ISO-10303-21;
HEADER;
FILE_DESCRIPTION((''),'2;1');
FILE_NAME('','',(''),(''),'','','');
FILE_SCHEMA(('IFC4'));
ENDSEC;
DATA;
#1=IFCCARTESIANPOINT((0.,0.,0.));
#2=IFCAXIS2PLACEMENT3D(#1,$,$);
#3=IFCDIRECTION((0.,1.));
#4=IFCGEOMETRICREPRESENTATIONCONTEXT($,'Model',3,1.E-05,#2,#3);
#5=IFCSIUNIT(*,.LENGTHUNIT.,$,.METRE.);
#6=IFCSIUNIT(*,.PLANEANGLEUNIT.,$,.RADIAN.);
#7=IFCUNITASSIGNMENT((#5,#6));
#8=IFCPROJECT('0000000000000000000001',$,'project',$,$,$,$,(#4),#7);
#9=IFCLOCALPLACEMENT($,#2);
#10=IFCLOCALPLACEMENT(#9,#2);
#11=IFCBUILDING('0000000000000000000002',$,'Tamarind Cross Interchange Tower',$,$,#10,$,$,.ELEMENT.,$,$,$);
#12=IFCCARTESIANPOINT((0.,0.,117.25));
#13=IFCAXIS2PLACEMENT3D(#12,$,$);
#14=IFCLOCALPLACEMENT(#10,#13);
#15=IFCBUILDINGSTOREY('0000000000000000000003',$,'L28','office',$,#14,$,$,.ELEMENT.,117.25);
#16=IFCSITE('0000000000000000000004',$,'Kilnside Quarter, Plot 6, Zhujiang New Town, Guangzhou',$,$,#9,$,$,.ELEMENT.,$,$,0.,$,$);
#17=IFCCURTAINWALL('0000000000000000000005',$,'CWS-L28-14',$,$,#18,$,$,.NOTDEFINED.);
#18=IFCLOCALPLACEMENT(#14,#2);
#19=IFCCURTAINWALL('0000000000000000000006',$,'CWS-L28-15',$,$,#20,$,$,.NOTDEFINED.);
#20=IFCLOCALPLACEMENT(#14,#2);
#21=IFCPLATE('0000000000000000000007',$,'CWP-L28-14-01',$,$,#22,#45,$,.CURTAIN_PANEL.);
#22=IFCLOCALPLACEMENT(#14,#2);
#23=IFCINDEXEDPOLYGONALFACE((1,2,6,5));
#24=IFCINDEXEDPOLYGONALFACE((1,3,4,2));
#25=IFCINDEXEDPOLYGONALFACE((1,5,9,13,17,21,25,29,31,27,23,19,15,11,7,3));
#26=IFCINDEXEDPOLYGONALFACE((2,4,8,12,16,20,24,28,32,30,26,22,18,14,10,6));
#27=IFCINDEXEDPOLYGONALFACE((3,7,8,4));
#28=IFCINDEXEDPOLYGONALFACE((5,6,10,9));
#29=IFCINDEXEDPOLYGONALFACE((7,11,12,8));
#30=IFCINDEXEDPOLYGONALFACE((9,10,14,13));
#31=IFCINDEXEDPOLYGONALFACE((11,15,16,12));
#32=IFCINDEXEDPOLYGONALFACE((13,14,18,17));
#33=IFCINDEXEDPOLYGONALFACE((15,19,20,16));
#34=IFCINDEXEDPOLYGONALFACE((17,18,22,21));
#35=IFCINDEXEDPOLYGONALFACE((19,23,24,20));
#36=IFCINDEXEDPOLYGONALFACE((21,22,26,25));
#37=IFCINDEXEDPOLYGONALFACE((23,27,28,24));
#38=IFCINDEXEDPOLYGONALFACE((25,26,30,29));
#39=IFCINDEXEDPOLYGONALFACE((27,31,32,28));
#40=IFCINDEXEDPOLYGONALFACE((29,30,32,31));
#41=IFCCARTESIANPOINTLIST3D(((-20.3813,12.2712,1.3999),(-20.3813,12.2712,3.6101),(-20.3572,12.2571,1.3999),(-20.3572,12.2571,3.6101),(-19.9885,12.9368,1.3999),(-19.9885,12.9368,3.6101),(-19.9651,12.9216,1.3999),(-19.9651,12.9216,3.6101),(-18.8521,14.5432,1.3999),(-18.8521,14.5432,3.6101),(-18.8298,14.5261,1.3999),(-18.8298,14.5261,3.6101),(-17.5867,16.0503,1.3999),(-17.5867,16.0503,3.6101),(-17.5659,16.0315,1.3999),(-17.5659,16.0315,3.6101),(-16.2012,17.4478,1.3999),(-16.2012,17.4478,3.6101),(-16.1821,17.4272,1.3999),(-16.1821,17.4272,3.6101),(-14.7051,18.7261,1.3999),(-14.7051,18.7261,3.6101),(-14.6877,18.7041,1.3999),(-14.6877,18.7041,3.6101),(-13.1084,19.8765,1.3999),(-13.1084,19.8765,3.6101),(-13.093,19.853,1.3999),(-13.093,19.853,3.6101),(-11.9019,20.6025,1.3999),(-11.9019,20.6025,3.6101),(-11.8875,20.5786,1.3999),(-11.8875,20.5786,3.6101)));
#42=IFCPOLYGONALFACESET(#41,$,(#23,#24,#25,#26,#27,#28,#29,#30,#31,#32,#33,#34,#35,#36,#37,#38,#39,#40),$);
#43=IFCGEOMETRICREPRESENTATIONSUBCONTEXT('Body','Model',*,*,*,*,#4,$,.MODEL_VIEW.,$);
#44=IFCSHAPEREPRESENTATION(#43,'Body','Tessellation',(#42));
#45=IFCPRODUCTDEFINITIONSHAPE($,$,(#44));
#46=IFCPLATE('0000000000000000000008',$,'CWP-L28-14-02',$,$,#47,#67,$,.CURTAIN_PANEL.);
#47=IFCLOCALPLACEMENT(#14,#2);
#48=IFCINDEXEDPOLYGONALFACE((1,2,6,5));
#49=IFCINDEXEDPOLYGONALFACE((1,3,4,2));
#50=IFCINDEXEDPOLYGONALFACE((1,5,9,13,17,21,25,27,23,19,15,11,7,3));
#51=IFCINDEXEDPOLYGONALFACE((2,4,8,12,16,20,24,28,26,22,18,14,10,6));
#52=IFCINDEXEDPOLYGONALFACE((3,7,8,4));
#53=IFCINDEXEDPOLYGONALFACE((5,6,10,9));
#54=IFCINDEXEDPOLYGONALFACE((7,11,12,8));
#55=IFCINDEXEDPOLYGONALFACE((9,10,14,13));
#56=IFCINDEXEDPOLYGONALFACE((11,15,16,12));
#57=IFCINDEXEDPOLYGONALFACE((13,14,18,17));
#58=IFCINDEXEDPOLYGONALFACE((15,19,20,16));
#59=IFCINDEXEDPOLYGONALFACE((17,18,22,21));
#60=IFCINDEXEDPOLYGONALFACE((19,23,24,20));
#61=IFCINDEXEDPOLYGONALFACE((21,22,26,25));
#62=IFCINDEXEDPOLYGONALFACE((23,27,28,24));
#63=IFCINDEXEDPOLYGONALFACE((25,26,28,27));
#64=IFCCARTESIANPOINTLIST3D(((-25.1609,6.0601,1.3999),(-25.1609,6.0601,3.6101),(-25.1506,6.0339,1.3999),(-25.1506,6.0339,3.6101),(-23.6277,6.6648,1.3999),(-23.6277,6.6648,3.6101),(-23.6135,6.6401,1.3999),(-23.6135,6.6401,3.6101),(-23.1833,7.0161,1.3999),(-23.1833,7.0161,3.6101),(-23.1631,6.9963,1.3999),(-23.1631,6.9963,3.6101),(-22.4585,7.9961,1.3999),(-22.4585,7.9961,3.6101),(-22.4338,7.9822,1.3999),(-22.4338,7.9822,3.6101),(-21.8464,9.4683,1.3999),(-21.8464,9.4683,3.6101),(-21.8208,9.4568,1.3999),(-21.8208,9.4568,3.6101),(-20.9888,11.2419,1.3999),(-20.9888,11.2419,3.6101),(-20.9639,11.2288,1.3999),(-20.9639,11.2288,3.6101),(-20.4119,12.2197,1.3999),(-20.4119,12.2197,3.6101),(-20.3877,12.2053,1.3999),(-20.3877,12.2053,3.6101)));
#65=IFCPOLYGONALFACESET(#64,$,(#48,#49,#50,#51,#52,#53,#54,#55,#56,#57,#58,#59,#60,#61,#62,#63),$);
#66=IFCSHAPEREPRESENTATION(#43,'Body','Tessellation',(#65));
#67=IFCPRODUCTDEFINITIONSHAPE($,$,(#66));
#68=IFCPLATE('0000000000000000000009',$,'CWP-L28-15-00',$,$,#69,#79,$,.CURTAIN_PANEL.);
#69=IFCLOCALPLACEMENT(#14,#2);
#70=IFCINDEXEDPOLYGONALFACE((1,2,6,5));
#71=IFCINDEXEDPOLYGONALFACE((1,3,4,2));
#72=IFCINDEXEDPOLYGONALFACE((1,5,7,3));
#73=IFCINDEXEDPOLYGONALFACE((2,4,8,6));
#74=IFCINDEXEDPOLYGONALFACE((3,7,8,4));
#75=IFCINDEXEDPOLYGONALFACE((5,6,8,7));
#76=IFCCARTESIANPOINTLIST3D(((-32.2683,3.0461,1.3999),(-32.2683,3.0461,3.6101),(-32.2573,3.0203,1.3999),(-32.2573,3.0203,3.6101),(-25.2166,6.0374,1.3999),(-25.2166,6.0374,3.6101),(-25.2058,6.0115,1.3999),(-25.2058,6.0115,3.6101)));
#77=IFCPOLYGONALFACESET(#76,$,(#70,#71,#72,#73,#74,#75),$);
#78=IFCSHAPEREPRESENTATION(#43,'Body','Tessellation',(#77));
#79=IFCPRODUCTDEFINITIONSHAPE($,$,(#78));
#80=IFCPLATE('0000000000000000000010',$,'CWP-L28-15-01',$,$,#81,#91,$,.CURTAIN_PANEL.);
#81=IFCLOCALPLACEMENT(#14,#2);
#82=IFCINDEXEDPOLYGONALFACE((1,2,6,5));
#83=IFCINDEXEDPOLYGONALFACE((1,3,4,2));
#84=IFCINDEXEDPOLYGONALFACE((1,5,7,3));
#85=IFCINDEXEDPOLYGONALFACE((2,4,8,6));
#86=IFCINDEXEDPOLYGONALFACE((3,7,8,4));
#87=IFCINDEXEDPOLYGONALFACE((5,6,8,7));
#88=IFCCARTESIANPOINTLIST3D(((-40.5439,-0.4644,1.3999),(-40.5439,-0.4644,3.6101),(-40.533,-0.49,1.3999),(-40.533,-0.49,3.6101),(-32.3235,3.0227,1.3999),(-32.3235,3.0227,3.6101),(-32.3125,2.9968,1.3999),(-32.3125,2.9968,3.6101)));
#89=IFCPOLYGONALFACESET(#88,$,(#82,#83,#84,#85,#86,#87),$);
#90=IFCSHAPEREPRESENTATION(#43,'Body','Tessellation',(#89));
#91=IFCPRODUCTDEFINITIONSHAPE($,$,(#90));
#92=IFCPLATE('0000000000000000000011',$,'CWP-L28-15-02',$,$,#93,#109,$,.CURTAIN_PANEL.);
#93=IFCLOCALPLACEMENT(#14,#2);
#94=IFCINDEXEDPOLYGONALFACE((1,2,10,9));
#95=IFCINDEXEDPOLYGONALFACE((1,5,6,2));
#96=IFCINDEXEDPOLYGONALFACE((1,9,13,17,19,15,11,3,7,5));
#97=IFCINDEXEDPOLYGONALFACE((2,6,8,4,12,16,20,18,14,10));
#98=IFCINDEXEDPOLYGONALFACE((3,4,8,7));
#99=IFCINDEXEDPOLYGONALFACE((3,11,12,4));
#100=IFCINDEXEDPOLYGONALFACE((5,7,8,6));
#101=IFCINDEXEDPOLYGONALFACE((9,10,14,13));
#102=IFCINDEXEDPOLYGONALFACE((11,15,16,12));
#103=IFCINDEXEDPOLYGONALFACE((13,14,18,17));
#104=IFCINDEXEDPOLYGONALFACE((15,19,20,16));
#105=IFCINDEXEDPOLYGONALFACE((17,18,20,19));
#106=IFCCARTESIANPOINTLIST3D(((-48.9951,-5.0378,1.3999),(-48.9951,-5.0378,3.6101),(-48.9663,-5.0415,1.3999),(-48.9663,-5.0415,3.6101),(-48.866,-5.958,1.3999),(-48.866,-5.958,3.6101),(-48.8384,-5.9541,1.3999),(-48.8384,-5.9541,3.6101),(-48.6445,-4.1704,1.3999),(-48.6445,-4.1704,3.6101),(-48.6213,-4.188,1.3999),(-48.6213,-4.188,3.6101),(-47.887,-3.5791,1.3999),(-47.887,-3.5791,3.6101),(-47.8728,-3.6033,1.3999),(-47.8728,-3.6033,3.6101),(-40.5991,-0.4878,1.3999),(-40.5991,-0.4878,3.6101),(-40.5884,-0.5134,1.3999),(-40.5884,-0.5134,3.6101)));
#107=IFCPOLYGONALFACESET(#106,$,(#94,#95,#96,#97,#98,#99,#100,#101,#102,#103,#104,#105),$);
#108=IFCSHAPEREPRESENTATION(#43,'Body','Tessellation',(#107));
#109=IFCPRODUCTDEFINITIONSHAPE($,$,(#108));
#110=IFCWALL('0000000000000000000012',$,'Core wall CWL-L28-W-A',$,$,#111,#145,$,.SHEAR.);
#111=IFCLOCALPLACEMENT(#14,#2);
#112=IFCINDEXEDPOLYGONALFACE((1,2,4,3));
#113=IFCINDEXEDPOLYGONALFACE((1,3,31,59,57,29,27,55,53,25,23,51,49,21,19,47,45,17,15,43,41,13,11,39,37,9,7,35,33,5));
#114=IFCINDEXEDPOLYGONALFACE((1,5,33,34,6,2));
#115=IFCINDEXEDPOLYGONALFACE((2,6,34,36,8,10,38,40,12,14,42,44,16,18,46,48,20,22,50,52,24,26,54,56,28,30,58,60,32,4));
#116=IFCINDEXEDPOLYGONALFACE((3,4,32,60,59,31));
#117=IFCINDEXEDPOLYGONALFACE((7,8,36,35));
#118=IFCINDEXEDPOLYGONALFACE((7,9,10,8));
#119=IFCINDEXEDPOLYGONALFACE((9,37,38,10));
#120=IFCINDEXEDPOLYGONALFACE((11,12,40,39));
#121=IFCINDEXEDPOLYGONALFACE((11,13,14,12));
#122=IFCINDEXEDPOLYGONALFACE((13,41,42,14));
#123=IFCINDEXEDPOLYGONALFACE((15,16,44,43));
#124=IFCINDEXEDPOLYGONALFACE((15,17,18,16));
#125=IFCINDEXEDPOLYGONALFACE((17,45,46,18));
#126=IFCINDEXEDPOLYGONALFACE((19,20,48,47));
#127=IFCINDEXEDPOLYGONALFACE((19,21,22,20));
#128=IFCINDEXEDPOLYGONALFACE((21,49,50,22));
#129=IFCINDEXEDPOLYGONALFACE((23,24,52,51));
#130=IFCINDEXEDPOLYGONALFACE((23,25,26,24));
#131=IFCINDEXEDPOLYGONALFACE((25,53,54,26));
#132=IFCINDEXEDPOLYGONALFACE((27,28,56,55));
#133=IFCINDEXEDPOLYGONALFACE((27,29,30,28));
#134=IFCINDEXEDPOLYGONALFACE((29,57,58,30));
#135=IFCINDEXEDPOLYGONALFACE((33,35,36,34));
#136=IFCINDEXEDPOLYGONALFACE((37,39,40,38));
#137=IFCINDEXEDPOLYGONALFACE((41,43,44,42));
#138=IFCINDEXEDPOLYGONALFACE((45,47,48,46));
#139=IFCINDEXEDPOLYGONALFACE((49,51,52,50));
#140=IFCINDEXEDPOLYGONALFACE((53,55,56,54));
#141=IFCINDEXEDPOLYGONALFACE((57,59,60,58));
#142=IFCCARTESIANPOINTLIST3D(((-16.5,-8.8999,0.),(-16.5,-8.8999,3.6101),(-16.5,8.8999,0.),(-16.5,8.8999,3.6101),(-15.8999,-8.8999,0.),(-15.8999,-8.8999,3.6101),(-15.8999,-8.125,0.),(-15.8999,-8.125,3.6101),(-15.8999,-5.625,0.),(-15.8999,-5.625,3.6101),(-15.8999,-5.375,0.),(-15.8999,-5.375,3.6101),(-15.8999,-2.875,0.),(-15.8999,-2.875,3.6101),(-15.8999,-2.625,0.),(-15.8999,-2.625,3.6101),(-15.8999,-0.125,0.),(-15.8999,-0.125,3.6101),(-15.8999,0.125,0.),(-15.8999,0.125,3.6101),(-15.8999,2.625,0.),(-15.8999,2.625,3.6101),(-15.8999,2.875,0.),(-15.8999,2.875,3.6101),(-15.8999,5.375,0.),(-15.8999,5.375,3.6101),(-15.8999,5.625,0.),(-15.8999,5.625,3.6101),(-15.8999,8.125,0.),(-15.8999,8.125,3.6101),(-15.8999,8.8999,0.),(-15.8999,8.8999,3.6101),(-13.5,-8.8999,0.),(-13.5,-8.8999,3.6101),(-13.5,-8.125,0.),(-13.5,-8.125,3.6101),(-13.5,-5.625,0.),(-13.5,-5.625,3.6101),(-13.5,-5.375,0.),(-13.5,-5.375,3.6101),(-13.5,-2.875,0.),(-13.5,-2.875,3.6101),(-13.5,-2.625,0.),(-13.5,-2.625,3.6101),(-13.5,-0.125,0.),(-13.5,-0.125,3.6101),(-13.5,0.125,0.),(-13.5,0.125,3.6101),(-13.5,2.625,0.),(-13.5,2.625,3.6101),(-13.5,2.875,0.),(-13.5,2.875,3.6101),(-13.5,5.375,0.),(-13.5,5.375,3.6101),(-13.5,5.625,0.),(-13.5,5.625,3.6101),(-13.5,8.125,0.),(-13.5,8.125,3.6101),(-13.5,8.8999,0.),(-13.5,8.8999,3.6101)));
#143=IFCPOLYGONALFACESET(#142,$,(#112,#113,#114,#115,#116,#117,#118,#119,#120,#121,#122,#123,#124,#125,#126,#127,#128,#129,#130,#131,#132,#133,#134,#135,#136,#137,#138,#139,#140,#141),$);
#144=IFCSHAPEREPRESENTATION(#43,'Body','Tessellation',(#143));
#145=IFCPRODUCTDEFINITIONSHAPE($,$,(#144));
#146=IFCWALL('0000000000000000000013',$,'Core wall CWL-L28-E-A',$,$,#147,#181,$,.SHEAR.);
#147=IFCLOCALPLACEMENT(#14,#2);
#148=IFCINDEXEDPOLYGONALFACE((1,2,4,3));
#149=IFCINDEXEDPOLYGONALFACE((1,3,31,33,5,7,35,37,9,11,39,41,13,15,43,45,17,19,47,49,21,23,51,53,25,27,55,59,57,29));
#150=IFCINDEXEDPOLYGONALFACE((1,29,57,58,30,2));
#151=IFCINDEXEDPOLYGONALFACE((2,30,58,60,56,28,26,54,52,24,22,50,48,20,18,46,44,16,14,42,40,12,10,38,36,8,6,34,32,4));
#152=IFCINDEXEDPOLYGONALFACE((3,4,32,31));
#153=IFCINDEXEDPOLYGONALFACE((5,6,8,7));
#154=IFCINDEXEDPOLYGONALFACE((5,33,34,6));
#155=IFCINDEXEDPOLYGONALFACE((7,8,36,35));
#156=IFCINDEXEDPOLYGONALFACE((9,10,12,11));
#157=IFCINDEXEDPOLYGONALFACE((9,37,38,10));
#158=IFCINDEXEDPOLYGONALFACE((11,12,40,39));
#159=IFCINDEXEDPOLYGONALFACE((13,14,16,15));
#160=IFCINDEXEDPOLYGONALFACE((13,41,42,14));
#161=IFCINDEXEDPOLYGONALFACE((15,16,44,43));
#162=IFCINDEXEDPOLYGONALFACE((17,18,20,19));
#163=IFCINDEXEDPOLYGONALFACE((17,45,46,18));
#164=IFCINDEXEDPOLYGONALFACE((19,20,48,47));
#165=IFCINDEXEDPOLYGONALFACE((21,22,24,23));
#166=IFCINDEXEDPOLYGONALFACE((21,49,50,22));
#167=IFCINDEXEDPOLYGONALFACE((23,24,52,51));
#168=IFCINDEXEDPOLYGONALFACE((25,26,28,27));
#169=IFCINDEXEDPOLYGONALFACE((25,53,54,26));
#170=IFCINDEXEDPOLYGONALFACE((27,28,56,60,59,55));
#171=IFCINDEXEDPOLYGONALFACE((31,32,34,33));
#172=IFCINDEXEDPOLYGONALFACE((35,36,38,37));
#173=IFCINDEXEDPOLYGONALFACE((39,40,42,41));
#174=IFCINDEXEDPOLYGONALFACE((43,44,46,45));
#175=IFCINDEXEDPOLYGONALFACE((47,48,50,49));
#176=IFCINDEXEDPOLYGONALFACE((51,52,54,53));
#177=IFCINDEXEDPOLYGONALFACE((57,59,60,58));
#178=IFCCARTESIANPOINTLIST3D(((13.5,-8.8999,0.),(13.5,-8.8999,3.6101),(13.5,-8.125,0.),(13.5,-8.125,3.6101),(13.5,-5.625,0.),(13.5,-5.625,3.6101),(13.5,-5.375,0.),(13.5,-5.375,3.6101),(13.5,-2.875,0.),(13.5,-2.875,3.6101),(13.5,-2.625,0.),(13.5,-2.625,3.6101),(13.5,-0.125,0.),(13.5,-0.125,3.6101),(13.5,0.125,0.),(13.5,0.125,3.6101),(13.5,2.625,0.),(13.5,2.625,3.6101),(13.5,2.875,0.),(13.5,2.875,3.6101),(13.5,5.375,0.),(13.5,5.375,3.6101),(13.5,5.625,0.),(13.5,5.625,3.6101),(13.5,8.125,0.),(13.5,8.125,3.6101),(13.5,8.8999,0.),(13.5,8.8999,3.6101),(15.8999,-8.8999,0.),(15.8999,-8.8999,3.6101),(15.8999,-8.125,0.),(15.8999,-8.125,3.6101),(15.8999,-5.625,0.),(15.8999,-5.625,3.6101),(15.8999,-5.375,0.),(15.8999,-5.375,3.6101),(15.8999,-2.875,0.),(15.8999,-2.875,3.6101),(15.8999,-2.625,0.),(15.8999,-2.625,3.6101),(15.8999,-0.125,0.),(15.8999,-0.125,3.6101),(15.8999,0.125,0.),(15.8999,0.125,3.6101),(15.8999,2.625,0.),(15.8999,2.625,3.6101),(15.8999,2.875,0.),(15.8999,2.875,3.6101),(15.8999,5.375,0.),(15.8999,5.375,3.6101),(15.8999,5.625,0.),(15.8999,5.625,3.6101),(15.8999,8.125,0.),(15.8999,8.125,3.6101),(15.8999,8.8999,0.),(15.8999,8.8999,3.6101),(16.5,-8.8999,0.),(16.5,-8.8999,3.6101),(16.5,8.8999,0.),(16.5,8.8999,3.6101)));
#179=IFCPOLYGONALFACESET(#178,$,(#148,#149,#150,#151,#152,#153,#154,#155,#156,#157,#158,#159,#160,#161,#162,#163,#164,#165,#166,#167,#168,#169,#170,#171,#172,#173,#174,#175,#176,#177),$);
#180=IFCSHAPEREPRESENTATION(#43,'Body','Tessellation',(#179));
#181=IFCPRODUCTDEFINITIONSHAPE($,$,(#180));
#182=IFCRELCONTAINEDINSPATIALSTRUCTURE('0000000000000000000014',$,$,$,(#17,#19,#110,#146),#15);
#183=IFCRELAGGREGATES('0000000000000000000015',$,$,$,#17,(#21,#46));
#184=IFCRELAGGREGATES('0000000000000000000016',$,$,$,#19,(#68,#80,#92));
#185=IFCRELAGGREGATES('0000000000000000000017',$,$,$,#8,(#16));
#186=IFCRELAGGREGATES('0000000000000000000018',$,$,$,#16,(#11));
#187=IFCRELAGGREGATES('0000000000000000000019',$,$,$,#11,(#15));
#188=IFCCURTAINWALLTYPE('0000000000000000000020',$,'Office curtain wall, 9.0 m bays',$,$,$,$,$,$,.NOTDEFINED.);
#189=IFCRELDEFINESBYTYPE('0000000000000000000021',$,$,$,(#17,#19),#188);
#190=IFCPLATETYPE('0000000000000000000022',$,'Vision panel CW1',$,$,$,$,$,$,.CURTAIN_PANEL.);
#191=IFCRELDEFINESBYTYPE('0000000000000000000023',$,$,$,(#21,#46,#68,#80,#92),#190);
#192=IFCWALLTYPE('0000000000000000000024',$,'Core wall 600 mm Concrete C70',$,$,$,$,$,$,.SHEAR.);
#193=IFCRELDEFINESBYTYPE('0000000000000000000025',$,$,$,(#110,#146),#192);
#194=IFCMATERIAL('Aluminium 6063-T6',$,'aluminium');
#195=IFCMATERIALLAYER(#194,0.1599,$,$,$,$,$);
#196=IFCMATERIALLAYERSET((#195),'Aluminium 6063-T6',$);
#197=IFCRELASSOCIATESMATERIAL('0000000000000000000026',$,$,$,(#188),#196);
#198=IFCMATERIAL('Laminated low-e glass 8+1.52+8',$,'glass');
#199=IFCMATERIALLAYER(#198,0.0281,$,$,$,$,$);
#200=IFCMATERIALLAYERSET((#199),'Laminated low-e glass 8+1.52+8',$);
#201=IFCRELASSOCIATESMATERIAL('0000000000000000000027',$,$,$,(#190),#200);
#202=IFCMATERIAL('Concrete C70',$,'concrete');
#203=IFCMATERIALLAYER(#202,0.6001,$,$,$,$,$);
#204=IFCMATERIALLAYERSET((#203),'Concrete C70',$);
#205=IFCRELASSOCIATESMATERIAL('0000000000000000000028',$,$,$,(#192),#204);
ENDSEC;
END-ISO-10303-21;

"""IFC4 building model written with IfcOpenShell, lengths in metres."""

from ifc_helpers import new_model, si_unit, direction, frame, origin, place, context, subcontext, project, spatial, polyline, outline, extrude, material, layer, layer_set, type_object, element, aggregate, save


model = new_model("IFC4")

# Units and contexts
model_context = context("Model", 3, precision=1e-05, world=origin(), true_north=direction((0.0, 1.0)))
body_context = subcontext(model_context, "Body", "Model", "MODEL_VIEW")
ifc_project = project(units=[si_unit("LENGTHUNIT", "METRE"), si_unit("PLANEANGLEUNIT", "RADIAN")], contexts=[model_context])

# Site, building, storey
site_placement = place(None, origin())
site = spatial("IfcSite", under=ifc_project, at=site_placement, Name="Kilnside Quarter, Plot 6, Zhujiang New Town, Guangzhou", CompositionType="ELEMENT", RefElevation=0.0)
building_placement = place(site_placement, origin())
building = spatial("IfcBuilding", under=site, at=building_placement, Name="Tamarind Cross Interchange Tower", CompositionType="ELEMENT")
storey_placement = place(building_placement, frame((0.0, 0.0, 117.25)))
storey = spatial("IfcBuildingStorey", under=building, at=storey_placement, Name="L28", Description="office", CompositionType="ELEMENT", Elevation=117.25)

# Curtain walls
ifc_material_1 = material(Name="Aluminium 6063-T6", Category="aluminium")
ifc_layer_1 = layer(ifc_material_1, 0.1599)
ifc_layer_set_1 = layer_set([ifc_layer_1], Name="Aluminium 6063-T6")
curtain_wall_type = type_object("IfcCurtainWallType", Name="Office curtain wall, 9.0 m bays", PredefinedType="NOTDEFINED", material=ifc_layer_set_1)
curtain_wall_1_placement = place(storey_placement, origin())
curtain_wall_1 = element("IfcCurtainWall", 1, at=curtain_wall_1_placement, inside=storey, type_object=curtain_wall_type, Name="CWS-L28-14", PredefinedType="NOTDEFINED")
curtain_wall_2_placement = place(storey_placement, origin())
curtain_wall_2 = element("IfcCurtainWall", 2, at=curtain_wall_2_placement, inside=storey, type_object=curtain_wall_type, Name="CWS-L28-15", PredefinedType="NOTDEFINED")

# Plates
ifc_material_2 = material(Name="Laminated low-e glass 8+1.52+8", Category="glass")
ifc_layer_2 = layer(ifc_material_2, 0.0281)
ifc_layer_set_2 = layer_set([ifc_layer_2], Name="Laminated low-e glass 8+1.52+8")
plate_type = type_object("IfcPlateType", Name="Vision panel CW1", PredefinedType="CURTAIN_PANEL", material=ifc_layer_set_2)
plate_1_placement = place(storey_placement, frame((0.0, 0.0, 1.3999)))
plate_1 = element("IfcPlate", 3, at=plate_1_placement, type_object=plate_type, Name="CWP-L28-14-01", PredefinedType="CURTAIN_PANEL", context=body_context, shape_type="SweptSolid", body=[
    extrude(outline(polyline([(-11.8875, 20.5786), (-13.093, 19.853), (-14.6877, 18.7041), (-16.1821, 17.4272), (-17.5659, 16.0315), (-18.8298, 14.5261), (-19.9651, 12.9216), (-20.3572, 12.2571), (-20.3813, 12.2712), (-19.9885, 12.9368), (-18.8521, 14.5432), (-17.5867, 16.0503), (-16.2012, 17.4478), (-14.7051, 18.7261), (-13.1084, 19.8765), (-11.9019, 20.6025), (-11.8875, 20.5786)])), origin(), (0.0, 0.0, 1.0), 2.2102),
])
plate_2_placement = place(storey_placement, frame((0.0, 0.0, 1.3999)))
plate_2 = element("IfcPlate", 4, at=plate_2_placement, type_object=plate_type, Name="CWP-L28-14-02", PredefinedType="CURTAIN_PANEL", context=body_context, shape_type="SweptSolid", body=[
    extrude(outline(polyline([(-20.3877, 12.2053), (-20.9639, 11.2288), (-21.8208, 9.4568), (-22.4338, 7.9822), (-23.1631, 6.9963), (-23.6135, 6.6401), (-25.1506, 6.0339), (-25.1609, 6.0601), (-23.6277, 6.6648), (-23.1833, 7.0161), (-22.4585, 7.9961), (-21.8464, 9.4683), (-20.9888, 11.2419), (-20.4119, 12.2197), (-20.3877, 12.2053)])), origin(), (0.0, 0.0, 1.0), 2.2102),
])
aggregate(curtain_wall_1, [plate_1, plate_2])
plate_3_placement = place(storey_placement, frame((0.0, 0.0, 1.3999)))
plate_3 = element("IfcPlate", 5, at=plate_3_placement, type_object=plate_type, Name="CWP-L28-15-00", PredefinedType="CURTAIN_PANEL", context=body_context, shape_type="SweptSolid", body=[
    extrude(outline(polyline([(-25.2058, 6.0115), (-32.2573, 3.0203), (-32.2683, 3.0461), (-25.2166, 6.0374), (-25.2058, 6.0115)])), origin(), (0.0, 0.0, 1.0), 2.2102),
])
plate_4_placement = place(storey_placement, frame((0.0, 0.0, 1.3999)))
plate_4 = element("IfcPlate", 6, at=plate_4_placement, type_object=plate_type, Name="CWP-L28-15-01", PredefinedType="CURTAIN_PANEL", context=body_context, shape_type="SweptSolid", body=[
    extrude(outline(polyline([(-32.3125, 2.9968), (-40.533, -0.49), (-40.5439, -0.4644), (-32.3235, 3.0227), (-32.3125, 2.9968)])), origin(), (0.0, 0.0, 1.0), 2.2102),
])
plate_5_placement = place(storey_placement, frame((0.0, 0.0, 1.3999)))
plate_5 = element("IfcPlate", 7, at=plate_5_placement, type_object=plate_type, Name="CWP-L28-15-02", PredefinedType="CURTAIN_PANEL", context=body_context, shape_type="SweptSolid", body=[
    extrude(outline(polyline([(-40.5884, -0.5134), (-47.8728, -3.6033), (-48.6213, -4.188), (-48.9663, -5.0415), (-48.8384, -5.9541), (-48.866, -5.958), (-48.9951, -5.0378), (-48.6445, -4.1704), (-47.887, -3.5791), (-40.5991, -0.4878), (-40.5884, -0.5134)])), origin(), (0.0, 0.0, 1.0), 2.2102),
])
aggregate(curtain_wall_2, [plate_3, plate_4, plate_5])

# Walls
ifc_material_3 = material(Name="Concrete C70", Category="concrete")
ifc_layer_3 = layer(ifc_material_3, 0.6001)
ifc_layer_set_3 = layer_set([ifc_layer_3], Name="Concrete C70")
wall_type_1 = type_object("IfcWallType", Name="Core wall 600 mm Concrete C70", PredefinedType="SHEAR", material=ifc_layer_set_3)
wall_1_placement = place(storey_placement, origin())
element("IfcWall", 8, at=wall_1_placement, inside=storey, type_object=wall_type_1, Name="Core wall CWL-L28-W-A", PredefinedType="SHEAR", context=body_context, shape_type="SweptSolid", body=[
    extrude(outline(polyline([(-13.5, -8.8999), (-13.5, -8.125), (-15.8999, -8.125), (-15.8999, -5.625), (-13.5, -5.625), (-13.5, -5.375), (-15.8999, -5.375), (-15.8999, -2.875), (-13.5, -2.875), (-13.5, -2.625), (-15.8999, -2.625), (-15.8999, -0.125), (-13.5, -0.125), (-13.5, 0.125), (-15.8999, 0.125), (-15.8999, 2.625), (-13.5, 2.625), (-13.5, 2.875), (-15.8999, 2.875), (-15.8999, 5.375), (-13.5, 5.375), (-13.5, 5.625), (-15.8999, 5.625), (-15.8999, 8.125), (-13.5, 8.125), (-13.5, 8.8999), (-15.8999, 8.8999), (-16.5, 8.8999), (-16.5, -8.8999), (-15.8999, -8.8999), (-13.5, -8.8999)])), origin(), (0.0, 0.0, 1.0), 3.6101),
])
wall_2_placement = place(storey_placement, origin())
element("IfcWall", 9, at=wall_2_placement, inside=storey, type_object=wall_type_1, Name="Core wall CWL-L28-E-A", PredefinedType="SHEAR", context=body_context, shape_type="SweptSolid", body=[
    extrude(outline(polyline([(13.5, -8.8999), (15.8999, -8.8999), (16.5, -8.8999), (16.5, 8.8999), (15.8999, 8.8999), (13.5, 8.8999), (13.5, 8.125), (15.8999, 8.125), (15.8999, 5.625), (13.5, 5.625), (13.5, 5.375), (15.8999, 5.375), (15.8999, 2.875), (13.5, 2.875), (13.5, 2.625), (15.8999, 2.625), (15.8999, 0.125), (13.5, 0.125), (13.5, -0.125), (15.8999, -0.125), (15.8999, -2.625), (13.5, -2.625), (13.5, -2.875), (15.8999, -2.875), (15.8999, -5.375), (13.5, -5.375), (13.5, -5.625), (15.8999, -5.625), (15.8999, -8.125), (13.5, -8.125), (13.5, -8.8999)])), origin(), (0.0, 0.0, 1.0), 3.6101),
])

save(model, "model.ifc")
